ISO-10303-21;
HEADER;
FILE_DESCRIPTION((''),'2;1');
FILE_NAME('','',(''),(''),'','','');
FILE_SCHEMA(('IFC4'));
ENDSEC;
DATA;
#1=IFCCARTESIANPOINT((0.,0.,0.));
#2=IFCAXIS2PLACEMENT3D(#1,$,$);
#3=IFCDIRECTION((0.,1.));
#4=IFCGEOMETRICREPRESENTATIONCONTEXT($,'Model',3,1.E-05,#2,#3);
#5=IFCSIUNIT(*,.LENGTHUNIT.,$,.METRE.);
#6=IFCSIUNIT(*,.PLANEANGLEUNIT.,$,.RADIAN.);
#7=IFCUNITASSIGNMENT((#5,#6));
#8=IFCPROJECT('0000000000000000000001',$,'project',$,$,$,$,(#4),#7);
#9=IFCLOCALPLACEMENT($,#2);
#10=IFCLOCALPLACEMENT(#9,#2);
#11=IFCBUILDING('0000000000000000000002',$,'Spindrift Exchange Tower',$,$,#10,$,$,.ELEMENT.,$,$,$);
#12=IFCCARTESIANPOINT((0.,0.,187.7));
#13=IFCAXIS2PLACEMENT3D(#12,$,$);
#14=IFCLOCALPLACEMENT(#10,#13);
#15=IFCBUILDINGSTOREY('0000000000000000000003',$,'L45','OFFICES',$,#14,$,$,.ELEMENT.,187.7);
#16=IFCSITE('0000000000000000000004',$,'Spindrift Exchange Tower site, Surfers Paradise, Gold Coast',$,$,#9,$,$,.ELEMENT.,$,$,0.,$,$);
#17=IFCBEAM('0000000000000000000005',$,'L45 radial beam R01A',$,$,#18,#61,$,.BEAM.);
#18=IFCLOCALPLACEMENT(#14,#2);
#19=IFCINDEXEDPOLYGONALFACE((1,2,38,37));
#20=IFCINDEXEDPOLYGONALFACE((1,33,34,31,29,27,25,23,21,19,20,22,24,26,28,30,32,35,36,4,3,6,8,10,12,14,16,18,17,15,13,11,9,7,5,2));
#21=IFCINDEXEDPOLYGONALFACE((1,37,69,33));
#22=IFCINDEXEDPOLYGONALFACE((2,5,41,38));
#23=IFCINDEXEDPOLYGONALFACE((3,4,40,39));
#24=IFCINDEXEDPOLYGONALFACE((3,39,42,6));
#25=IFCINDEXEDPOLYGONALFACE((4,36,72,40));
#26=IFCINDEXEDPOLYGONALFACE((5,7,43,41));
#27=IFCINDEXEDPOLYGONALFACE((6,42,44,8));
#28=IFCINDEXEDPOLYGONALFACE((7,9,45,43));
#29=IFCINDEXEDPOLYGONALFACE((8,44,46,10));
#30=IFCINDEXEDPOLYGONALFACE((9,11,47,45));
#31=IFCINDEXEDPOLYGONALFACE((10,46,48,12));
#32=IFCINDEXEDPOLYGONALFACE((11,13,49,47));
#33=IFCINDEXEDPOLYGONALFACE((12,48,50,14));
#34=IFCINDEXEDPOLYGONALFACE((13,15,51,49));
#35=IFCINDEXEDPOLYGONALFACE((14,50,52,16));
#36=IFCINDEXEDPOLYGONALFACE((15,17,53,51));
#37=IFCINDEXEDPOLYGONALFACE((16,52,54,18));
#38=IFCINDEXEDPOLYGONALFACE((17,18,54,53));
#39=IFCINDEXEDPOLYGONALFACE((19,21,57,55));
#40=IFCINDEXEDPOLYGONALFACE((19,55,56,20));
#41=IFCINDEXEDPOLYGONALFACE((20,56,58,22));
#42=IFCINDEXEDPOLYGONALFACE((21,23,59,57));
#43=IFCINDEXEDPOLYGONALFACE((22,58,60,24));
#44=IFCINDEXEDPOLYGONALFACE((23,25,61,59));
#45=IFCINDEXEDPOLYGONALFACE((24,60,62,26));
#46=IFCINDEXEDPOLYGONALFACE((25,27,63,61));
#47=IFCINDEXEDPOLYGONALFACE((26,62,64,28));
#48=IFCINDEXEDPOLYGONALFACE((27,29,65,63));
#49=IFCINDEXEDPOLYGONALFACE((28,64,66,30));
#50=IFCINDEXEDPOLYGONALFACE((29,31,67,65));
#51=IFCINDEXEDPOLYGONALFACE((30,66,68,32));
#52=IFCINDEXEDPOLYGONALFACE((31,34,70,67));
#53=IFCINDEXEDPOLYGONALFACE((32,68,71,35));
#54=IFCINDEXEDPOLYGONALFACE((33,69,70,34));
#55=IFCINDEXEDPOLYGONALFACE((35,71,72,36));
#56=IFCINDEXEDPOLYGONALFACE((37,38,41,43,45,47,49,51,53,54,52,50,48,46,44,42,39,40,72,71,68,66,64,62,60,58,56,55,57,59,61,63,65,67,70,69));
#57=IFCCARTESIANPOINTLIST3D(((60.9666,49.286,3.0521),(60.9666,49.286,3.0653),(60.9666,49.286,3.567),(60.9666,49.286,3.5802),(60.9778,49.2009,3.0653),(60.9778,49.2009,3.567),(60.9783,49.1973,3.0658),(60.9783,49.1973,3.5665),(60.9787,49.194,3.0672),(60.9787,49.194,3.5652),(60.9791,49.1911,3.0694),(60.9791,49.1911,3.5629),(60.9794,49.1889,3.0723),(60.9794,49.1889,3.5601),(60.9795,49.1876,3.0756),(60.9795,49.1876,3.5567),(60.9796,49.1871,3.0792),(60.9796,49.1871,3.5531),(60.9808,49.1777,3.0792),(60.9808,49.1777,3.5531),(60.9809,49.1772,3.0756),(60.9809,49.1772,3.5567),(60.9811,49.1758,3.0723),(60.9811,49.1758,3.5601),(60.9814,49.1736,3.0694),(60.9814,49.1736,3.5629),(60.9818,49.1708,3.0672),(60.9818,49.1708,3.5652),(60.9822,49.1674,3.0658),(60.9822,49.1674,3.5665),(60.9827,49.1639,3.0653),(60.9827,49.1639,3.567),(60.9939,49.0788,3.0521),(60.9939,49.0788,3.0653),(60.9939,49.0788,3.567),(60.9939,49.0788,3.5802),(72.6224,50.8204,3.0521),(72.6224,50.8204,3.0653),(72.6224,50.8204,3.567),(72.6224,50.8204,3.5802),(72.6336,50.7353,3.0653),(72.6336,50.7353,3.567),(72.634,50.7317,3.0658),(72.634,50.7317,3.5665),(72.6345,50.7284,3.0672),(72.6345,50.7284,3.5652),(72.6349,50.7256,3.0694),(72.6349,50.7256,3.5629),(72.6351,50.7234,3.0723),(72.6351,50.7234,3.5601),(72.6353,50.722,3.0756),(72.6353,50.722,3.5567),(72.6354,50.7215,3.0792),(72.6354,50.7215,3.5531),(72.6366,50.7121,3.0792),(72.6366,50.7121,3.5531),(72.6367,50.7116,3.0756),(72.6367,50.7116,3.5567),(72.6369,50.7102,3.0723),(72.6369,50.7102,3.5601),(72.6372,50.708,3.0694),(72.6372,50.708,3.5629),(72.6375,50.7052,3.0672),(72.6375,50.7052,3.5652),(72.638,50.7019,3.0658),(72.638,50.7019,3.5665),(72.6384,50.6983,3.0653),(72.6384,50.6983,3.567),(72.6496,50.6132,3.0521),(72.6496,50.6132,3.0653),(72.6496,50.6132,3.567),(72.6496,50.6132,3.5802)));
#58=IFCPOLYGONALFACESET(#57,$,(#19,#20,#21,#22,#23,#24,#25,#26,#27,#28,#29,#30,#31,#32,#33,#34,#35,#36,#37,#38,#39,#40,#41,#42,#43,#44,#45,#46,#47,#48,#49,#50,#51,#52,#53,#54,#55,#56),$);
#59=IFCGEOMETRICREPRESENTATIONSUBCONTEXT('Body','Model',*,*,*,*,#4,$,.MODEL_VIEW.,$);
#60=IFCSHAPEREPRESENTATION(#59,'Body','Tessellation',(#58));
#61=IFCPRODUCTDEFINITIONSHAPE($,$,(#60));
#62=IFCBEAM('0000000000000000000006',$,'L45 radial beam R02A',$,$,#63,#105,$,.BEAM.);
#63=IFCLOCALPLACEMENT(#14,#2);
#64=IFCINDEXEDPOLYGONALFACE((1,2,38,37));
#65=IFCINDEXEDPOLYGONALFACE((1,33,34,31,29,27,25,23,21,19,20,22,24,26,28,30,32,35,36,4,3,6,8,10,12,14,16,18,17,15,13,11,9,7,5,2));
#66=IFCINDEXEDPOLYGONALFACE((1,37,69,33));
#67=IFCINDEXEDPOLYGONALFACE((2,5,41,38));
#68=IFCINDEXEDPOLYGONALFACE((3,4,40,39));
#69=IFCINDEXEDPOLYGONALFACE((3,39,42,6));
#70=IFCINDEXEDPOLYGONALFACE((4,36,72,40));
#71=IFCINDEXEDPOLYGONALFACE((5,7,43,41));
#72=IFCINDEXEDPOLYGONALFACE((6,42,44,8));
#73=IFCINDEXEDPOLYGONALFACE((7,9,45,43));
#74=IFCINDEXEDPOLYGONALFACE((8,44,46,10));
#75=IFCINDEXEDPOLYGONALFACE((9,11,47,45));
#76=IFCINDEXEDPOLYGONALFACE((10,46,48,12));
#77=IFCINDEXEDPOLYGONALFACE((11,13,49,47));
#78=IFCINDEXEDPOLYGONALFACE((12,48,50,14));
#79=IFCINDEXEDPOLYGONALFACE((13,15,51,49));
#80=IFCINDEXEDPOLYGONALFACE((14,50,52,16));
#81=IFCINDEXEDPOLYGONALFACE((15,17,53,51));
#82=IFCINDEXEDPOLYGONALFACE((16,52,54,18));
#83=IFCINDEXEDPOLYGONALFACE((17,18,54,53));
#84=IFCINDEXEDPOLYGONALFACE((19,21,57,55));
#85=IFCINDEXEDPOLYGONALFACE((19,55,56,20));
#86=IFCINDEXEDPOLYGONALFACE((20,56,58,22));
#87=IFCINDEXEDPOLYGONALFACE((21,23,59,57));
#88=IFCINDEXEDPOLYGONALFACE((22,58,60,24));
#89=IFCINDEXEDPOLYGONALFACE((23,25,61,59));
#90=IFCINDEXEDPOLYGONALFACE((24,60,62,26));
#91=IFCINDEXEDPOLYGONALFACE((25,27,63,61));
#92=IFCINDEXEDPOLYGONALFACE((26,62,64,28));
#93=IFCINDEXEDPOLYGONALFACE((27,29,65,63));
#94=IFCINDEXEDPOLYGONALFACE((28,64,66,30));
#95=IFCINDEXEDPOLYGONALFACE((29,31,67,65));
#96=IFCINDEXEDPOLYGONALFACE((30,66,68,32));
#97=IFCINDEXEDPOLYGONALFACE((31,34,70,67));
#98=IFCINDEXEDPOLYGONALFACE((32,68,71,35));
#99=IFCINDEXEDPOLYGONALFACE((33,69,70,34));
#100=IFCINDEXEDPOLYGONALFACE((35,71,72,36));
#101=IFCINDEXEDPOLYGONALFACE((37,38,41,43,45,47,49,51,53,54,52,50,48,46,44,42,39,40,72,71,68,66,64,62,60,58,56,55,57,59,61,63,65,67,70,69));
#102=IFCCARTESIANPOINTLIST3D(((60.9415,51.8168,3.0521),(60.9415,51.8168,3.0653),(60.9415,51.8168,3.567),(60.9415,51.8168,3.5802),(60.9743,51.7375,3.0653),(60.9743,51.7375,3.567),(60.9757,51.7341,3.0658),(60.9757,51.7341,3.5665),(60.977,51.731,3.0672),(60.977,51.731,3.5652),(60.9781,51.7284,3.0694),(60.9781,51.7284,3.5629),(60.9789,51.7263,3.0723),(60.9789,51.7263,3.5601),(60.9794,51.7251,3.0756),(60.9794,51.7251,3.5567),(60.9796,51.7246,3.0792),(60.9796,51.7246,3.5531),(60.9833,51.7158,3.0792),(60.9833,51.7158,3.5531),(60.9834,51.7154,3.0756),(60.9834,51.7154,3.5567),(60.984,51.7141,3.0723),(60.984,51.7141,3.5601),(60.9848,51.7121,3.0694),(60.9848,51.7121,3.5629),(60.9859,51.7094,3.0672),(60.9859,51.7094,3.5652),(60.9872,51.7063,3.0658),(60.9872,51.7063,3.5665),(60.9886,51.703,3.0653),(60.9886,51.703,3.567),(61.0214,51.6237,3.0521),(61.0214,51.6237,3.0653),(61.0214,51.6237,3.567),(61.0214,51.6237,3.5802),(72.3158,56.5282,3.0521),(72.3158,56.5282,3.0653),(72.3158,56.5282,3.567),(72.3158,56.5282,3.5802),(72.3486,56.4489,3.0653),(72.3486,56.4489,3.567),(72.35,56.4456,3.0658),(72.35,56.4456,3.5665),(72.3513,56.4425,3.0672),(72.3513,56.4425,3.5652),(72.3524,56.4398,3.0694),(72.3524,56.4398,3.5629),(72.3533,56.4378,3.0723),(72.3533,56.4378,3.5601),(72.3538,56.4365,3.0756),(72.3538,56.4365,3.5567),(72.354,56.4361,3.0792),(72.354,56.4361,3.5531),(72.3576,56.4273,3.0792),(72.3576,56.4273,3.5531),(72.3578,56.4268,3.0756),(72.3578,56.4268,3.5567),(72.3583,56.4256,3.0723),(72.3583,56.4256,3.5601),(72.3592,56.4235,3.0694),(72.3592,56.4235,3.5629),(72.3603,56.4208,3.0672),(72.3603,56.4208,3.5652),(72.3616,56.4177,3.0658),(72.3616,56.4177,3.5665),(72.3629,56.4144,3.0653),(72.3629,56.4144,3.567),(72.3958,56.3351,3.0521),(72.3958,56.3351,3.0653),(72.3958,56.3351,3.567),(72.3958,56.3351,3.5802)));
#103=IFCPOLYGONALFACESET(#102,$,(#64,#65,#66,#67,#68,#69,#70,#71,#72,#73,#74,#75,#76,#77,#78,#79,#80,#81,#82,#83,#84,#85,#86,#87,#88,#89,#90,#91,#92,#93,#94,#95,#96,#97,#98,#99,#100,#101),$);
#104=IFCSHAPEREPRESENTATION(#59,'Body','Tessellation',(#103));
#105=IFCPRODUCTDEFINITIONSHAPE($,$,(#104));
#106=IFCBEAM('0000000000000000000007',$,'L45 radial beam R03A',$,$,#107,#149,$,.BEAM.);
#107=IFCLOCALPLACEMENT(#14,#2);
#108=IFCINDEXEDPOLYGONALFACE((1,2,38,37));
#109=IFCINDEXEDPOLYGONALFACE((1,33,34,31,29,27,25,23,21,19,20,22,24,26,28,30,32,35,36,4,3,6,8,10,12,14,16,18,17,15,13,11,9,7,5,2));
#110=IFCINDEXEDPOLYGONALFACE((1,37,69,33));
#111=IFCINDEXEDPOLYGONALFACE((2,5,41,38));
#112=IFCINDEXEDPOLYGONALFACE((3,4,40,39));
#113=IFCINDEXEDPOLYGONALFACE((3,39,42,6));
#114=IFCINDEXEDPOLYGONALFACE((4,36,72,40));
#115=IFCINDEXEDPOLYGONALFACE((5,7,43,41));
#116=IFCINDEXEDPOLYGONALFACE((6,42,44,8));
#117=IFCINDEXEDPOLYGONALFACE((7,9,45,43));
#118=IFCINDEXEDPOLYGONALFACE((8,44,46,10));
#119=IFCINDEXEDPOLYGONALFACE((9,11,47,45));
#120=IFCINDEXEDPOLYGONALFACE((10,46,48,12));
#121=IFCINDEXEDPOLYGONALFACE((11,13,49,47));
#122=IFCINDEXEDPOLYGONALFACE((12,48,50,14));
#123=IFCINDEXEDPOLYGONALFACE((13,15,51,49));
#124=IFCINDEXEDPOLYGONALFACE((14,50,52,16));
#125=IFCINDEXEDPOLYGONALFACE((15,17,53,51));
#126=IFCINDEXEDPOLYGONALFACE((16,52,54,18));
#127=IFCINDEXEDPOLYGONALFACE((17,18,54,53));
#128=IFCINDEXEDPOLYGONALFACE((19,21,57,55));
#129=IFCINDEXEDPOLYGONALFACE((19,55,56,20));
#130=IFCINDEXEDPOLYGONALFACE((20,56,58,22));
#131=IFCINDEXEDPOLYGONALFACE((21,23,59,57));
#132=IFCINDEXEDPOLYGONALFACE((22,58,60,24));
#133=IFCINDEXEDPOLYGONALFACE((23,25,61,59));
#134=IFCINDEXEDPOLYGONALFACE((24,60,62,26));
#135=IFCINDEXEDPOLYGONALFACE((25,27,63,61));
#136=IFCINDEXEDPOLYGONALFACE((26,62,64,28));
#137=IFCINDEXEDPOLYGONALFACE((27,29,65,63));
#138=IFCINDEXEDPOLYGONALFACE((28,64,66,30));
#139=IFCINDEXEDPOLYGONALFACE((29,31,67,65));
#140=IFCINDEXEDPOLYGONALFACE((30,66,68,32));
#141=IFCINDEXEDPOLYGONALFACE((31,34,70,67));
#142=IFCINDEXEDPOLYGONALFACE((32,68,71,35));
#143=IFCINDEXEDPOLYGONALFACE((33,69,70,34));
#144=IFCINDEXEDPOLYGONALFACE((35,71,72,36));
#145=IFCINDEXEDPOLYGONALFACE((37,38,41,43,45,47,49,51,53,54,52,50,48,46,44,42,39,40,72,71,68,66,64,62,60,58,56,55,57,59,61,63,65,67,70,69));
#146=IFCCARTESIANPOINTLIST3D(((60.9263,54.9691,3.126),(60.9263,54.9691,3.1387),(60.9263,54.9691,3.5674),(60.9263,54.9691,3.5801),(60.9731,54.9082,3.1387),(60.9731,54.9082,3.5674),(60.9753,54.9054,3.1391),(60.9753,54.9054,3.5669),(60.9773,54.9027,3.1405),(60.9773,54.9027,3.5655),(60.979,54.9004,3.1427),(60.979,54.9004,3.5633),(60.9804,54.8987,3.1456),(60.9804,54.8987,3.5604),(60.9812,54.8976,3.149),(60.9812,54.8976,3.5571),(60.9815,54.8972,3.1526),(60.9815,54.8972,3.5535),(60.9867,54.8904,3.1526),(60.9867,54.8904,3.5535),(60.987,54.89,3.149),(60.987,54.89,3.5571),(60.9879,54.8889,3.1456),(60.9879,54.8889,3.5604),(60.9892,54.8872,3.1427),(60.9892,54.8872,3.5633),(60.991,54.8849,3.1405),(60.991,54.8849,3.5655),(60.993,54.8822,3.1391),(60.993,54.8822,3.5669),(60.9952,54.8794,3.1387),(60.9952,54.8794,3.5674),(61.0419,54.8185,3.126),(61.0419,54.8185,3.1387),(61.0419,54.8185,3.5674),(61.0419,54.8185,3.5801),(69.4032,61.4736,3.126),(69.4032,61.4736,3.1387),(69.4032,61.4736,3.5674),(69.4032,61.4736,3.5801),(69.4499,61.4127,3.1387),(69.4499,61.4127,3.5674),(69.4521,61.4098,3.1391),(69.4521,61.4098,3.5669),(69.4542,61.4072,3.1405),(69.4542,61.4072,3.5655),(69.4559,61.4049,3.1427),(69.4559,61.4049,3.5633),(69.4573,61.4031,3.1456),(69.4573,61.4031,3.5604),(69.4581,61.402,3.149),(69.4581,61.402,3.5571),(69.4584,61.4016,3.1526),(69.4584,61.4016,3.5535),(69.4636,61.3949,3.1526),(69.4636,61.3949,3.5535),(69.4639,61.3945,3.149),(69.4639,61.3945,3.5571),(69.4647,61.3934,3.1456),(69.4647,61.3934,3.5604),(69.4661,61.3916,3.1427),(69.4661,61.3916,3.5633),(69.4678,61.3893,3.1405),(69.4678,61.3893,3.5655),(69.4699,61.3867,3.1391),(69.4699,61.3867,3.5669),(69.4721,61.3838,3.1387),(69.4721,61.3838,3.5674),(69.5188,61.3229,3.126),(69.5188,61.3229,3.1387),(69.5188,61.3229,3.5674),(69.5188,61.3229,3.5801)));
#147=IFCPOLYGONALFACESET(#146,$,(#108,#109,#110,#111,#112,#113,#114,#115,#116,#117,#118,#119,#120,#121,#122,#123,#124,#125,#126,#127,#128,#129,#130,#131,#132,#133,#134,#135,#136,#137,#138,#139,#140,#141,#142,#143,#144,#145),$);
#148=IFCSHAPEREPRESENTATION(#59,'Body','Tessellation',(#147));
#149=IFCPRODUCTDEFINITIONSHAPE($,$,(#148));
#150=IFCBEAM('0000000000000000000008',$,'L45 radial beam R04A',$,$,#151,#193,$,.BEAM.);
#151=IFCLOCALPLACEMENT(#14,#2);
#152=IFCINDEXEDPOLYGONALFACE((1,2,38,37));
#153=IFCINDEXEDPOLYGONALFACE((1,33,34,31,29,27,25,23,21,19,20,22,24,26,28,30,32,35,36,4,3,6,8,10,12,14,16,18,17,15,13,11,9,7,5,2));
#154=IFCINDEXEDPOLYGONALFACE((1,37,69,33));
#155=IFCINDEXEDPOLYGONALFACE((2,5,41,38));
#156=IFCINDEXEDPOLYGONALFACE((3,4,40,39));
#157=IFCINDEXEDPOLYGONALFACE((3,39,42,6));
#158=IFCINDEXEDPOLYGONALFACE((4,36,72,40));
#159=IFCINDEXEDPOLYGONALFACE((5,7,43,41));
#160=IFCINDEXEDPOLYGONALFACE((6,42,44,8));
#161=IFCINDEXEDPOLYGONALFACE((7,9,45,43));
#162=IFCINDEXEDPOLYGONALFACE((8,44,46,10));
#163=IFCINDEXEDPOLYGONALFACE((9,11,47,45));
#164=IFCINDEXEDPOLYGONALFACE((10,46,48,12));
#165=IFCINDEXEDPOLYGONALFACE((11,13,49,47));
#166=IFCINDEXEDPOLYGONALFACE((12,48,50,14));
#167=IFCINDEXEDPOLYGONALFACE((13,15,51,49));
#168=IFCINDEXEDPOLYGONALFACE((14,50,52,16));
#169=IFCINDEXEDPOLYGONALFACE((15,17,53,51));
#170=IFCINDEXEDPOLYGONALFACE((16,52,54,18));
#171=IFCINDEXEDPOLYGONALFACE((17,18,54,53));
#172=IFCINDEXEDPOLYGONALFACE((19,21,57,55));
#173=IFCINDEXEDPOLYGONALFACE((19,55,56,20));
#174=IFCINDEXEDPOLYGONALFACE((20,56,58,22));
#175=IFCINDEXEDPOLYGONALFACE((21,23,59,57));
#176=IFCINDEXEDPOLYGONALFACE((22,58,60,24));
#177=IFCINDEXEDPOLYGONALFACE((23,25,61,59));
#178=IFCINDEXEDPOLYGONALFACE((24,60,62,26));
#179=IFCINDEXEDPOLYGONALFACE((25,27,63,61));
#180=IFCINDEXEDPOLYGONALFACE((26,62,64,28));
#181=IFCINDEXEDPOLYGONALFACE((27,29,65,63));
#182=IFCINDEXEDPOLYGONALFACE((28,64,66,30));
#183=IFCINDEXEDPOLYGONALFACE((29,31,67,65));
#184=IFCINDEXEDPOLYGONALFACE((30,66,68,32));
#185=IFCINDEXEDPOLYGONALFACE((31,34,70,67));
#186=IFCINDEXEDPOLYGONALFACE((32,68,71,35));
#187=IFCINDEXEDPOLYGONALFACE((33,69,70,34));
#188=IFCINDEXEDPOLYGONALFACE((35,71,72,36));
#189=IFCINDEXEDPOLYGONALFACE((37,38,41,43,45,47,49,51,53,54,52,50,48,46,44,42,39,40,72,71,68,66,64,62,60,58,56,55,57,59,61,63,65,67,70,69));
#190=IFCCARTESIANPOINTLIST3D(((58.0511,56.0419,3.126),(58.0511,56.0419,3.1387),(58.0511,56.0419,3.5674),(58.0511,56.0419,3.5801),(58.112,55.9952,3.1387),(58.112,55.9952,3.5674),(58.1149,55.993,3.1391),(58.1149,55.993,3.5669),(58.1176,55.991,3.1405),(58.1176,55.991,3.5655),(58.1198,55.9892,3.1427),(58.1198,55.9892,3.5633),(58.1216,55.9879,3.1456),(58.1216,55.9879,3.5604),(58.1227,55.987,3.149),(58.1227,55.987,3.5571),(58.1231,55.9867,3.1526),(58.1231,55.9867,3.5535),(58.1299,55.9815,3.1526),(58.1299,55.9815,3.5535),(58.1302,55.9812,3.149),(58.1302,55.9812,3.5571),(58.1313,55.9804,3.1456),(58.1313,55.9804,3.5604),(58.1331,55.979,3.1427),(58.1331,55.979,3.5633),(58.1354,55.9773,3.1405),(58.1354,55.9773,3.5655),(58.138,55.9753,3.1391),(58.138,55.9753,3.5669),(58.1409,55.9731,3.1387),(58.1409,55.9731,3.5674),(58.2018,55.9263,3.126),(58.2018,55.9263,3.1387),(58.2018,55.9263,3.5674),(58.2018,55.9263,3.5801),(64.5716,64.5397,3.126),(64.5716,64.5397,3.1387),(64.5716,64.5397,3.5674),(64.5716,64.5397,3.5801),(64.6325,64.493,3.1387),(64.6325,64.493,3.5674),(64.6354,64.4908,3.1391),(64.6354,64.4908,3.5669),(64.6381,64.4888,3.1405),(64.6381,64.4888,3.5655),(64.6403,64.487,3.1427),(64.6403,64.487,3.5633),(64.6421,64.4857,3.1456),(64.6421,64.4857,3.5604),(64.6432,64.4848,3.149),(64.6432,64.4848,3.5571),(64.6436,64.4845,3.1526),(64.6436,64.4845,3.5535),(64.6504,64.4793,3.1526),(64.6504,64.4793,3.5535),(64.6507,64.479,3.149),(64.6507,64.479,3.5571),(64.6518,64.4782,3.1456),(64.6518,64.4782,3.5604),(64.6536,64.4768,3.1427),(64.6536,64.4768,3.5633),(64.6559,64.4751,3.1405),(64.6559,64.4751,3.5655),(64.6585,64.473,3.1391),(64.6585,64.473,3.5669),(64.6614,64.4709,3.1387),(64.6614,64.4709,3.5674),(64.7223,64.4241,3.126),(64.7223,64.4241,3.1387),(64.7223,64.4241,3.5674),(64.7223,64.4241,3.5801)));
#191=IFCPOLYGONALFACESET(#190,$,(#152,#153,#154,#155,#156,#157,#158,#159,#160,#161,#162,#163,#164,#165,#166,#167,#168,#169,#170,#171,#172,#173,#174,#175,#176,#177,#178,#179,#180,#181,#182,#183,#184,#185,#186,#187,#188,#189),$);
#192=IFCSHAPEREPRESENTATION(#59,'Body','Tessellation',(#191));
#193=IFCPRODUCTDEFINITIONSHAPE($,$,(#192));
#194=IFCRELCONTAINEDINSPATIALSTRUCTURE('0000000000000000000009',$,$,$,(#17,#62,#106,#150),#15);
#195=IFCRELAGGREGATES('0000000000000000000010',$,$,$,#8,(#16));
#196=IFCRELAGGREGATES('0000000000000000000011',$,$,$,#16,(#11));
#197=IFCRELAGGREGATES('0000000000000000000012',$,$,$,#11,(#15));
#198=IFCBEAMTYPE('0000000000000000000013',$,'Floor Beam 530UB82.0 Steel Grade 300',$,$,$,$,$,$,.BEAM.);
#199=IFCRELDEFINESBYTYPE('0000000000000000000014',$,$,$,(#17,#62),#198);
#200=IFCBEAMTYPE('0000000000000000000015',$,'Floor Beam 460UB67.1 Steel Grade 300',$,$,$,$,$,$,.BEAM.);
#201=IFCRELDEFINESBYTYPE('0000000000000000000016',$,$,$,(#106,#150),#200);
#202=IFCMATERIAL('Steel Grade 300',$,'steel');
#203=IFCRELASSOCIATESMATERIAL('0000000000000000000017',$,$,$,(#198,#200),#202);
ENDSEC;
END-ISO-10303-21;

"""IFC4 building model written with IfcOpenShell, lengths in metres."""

from ifc_helpers import new_model, si_unit, direction, frame, origin, origin_2d, place, context, subcontext, project, spatial, i_section, extrude, source, transform, mapped, material, material_profile, profile_set, type_object, element, save


model = new_model("IFC4")

# Units and contexts
model_context = context("Model", 3, precision=1e-05, world=origin(), true_north=direction((0.0, 1.0)))
body_context = subcontext(model_context, "Body", "Model", "MODEL_VIEW")
ifc_project = project(units=[si_unit("LENGTHUNIT", "METRE"), si_unit("PLANEANGLEUNIT", "RADIAN")], contexts=[model_context])

# Site, building, storey
site_placement = place(None, origin())
site = spatial("IfcSite", under=ifc_project, at=site_placement, Name="Spindrift Exchange Tower site, Surfers Paradise, Gold Coast", CompositionType="ELEMENT", RefElevation=0.0)
building_placement = place(site_placement, origin())
building = spatial("IfcBuilding", under=site, at=building_placement, Name="Spindrift Exchange Tower", CompositionType="ELEMENT")
storey_placement = place(building_placement, frame((0.0, 0.0, 187.7)))
storey = spatial("IfcBuildingStorey", under=building, at=storey_placement, Name="L45", Description="OFFICES", CompositionType="ELEMENT", Elevation=187.7)

# Beams
ifc_material_1 = material(Name="Steel Grade 300", Category="steel")
ifc_material_profile_1 = material_profile(ifc_material_1, i_section(OverallWidth=0.209, OverallDepth=0.5281, WebThickness=0.0095, FlangeThickness=0.0132, FilletRadius=0.0139, at=origin_2d()), Name="530UB82.0")
ifc_profile_set_1 = profile_set([ifc_material_profile_1], Name="Steel Grade 300")
beam_type_1 = type_object("IfcBeamType", Name="Floor Beam 530UB82.0 Steel Grade 300", PredefinedType="BEAM", material=ifc_profile_set_1)
shared_shape_1 = source(origin(), body_context, "Body", "SweptSolid", [
    extrude(i_section(OverallWidth=0.209, OverallDepth=0.5281, WebThickness=0.0095, FlangeThickness=0.0132, FilletRadius=0.0139, at=origin_2d()), origin(), (0.0, 0.0, 1.0), 11.7563),
])
beam_1_placement = place(storey_placement, frame((60.9802, 49.1824, 3.3162), z_axis=(0.991446, 0.130519, 0.0), x_axis=(-0.130519, 0.991446, 0.0)))
element("IfcBeam", 1, at=beam_1_placement, inside=storey, type_object=beam_type_1, Name="L45 radial beam R01A", PredefinedType="BEAM", context=body_context, shape_type="MappedRepresentation", body=[
    mapped(shared_shape_1, transform((0.0, 0.0, 0.0), scale=1.0)),
])
shared_shape_2 = source(origin(), body_context, "Body", "SweptSolid", [
    extrude(i_section(OverallWidth=0.209, OverallDepth=0.5281, WebThickness=0.0095, FlangeThickness=0.0132, FilletRadius=0.0139, at=origin_2d()), origin(), (0.0, 0.0, 1.0), 12.3115),
])
beam_2_placement = place(storey_placement, frame((60.9814, 51.7202, 3.3162), z_axis=(0.923878, 0.382687, 0.0), x_axis=(-0.382687, 0.923878, 0.0)))
element("IfcBeam", 2, at=beam_2_placement, inside=storey, type_object=beam_type_1, Name="L45 radial beam R02A", PredefinedType="BEAM", context=body_context, shape_type="MappedRepresentation", body=[
    mapped(shared_shape_2, transform((0.0, 0.0, 0.0), scale=1.0)),
])
ifc_material_profile_2 = material_profile(ifc_material_1, i_section(OverallWidth=0.1899, OverallDepth=0.4541, WebThickness=0.0085, FlangeThickness=0.0127, FilletRadius=0.0139, at=origin_2d()), Name="460UB67.1")
ifc_profile_set_2 = profile_set([ifc_material_profile_2], Name="Steel Grade 300")
beam_type_2 = type_object("IfcBeamType", Name="Floor Beam 460UB67.1 Steel Grade 300", PredefinedType="BEAM", material=ifc_profile_set_2)
shared_shape_3 = source(origin(), body_context, "Body", "SweptSolid", [
    extrude(i_section(OverallWidth=0.1899, OverallDepth=0.4541, WebThickness=0.0085, FlangeThickness=0.0127, FilletRadius=0.0139, at=origin_2d()), origin(), (0.0, 0.0, 1.0), 10.6848),
])
beam_3_placement = place(storey_placement, frame((60.9841, 54.8938, 3.353), z_axis=(0.793357, 0.608756, 0.0), x_axis=(-0.608756, 0.793357, 0.0)))
element("IfcBeam", 3, at=beam_3_placement, inside=storey, type_object=beam_type_2, Name="L45 radial beam R03A", PredefinedType="BEAM", context=body_context, shape_type="MappedRepresentation", body=[
    mapped(shared_shape_3, transform((0.0, 0.0, 0.0), scale=1.0)),
])
shared_shape_4 = source(origin(), body_context, "Body", "SweptSolid", [
    extrude(i_section(OverallWidth=0.1899, OverallDepth=0.4541, WebThickness=0.0085, FlangeThickness=0.0127, FilletRadius=0.0139, at=origin_2d()), origin(), (0.0, 0.0, 1.0), 10.7112),
])
beam_4_placement = place(storey_placement, frame((58.1265, 55.9841, 3.353), z_axis=(0.608756, 0.793357, 0.0), x_axis=(-0.793357, 0.608756, 0.0)))
element("IfcBeam", 4, at=beam_4_placement, inside=storey, type_object=beam_type_2, Name="L45 radial beam R04A", PredefinedType="BEAM", context=body_context, shape_type="MappedRepresentation", body=[
    mapped(shared_shape_4, transform((0.0, 0.0, 0.0), scale=1.0)),
])

save(model, "model.ifc")
